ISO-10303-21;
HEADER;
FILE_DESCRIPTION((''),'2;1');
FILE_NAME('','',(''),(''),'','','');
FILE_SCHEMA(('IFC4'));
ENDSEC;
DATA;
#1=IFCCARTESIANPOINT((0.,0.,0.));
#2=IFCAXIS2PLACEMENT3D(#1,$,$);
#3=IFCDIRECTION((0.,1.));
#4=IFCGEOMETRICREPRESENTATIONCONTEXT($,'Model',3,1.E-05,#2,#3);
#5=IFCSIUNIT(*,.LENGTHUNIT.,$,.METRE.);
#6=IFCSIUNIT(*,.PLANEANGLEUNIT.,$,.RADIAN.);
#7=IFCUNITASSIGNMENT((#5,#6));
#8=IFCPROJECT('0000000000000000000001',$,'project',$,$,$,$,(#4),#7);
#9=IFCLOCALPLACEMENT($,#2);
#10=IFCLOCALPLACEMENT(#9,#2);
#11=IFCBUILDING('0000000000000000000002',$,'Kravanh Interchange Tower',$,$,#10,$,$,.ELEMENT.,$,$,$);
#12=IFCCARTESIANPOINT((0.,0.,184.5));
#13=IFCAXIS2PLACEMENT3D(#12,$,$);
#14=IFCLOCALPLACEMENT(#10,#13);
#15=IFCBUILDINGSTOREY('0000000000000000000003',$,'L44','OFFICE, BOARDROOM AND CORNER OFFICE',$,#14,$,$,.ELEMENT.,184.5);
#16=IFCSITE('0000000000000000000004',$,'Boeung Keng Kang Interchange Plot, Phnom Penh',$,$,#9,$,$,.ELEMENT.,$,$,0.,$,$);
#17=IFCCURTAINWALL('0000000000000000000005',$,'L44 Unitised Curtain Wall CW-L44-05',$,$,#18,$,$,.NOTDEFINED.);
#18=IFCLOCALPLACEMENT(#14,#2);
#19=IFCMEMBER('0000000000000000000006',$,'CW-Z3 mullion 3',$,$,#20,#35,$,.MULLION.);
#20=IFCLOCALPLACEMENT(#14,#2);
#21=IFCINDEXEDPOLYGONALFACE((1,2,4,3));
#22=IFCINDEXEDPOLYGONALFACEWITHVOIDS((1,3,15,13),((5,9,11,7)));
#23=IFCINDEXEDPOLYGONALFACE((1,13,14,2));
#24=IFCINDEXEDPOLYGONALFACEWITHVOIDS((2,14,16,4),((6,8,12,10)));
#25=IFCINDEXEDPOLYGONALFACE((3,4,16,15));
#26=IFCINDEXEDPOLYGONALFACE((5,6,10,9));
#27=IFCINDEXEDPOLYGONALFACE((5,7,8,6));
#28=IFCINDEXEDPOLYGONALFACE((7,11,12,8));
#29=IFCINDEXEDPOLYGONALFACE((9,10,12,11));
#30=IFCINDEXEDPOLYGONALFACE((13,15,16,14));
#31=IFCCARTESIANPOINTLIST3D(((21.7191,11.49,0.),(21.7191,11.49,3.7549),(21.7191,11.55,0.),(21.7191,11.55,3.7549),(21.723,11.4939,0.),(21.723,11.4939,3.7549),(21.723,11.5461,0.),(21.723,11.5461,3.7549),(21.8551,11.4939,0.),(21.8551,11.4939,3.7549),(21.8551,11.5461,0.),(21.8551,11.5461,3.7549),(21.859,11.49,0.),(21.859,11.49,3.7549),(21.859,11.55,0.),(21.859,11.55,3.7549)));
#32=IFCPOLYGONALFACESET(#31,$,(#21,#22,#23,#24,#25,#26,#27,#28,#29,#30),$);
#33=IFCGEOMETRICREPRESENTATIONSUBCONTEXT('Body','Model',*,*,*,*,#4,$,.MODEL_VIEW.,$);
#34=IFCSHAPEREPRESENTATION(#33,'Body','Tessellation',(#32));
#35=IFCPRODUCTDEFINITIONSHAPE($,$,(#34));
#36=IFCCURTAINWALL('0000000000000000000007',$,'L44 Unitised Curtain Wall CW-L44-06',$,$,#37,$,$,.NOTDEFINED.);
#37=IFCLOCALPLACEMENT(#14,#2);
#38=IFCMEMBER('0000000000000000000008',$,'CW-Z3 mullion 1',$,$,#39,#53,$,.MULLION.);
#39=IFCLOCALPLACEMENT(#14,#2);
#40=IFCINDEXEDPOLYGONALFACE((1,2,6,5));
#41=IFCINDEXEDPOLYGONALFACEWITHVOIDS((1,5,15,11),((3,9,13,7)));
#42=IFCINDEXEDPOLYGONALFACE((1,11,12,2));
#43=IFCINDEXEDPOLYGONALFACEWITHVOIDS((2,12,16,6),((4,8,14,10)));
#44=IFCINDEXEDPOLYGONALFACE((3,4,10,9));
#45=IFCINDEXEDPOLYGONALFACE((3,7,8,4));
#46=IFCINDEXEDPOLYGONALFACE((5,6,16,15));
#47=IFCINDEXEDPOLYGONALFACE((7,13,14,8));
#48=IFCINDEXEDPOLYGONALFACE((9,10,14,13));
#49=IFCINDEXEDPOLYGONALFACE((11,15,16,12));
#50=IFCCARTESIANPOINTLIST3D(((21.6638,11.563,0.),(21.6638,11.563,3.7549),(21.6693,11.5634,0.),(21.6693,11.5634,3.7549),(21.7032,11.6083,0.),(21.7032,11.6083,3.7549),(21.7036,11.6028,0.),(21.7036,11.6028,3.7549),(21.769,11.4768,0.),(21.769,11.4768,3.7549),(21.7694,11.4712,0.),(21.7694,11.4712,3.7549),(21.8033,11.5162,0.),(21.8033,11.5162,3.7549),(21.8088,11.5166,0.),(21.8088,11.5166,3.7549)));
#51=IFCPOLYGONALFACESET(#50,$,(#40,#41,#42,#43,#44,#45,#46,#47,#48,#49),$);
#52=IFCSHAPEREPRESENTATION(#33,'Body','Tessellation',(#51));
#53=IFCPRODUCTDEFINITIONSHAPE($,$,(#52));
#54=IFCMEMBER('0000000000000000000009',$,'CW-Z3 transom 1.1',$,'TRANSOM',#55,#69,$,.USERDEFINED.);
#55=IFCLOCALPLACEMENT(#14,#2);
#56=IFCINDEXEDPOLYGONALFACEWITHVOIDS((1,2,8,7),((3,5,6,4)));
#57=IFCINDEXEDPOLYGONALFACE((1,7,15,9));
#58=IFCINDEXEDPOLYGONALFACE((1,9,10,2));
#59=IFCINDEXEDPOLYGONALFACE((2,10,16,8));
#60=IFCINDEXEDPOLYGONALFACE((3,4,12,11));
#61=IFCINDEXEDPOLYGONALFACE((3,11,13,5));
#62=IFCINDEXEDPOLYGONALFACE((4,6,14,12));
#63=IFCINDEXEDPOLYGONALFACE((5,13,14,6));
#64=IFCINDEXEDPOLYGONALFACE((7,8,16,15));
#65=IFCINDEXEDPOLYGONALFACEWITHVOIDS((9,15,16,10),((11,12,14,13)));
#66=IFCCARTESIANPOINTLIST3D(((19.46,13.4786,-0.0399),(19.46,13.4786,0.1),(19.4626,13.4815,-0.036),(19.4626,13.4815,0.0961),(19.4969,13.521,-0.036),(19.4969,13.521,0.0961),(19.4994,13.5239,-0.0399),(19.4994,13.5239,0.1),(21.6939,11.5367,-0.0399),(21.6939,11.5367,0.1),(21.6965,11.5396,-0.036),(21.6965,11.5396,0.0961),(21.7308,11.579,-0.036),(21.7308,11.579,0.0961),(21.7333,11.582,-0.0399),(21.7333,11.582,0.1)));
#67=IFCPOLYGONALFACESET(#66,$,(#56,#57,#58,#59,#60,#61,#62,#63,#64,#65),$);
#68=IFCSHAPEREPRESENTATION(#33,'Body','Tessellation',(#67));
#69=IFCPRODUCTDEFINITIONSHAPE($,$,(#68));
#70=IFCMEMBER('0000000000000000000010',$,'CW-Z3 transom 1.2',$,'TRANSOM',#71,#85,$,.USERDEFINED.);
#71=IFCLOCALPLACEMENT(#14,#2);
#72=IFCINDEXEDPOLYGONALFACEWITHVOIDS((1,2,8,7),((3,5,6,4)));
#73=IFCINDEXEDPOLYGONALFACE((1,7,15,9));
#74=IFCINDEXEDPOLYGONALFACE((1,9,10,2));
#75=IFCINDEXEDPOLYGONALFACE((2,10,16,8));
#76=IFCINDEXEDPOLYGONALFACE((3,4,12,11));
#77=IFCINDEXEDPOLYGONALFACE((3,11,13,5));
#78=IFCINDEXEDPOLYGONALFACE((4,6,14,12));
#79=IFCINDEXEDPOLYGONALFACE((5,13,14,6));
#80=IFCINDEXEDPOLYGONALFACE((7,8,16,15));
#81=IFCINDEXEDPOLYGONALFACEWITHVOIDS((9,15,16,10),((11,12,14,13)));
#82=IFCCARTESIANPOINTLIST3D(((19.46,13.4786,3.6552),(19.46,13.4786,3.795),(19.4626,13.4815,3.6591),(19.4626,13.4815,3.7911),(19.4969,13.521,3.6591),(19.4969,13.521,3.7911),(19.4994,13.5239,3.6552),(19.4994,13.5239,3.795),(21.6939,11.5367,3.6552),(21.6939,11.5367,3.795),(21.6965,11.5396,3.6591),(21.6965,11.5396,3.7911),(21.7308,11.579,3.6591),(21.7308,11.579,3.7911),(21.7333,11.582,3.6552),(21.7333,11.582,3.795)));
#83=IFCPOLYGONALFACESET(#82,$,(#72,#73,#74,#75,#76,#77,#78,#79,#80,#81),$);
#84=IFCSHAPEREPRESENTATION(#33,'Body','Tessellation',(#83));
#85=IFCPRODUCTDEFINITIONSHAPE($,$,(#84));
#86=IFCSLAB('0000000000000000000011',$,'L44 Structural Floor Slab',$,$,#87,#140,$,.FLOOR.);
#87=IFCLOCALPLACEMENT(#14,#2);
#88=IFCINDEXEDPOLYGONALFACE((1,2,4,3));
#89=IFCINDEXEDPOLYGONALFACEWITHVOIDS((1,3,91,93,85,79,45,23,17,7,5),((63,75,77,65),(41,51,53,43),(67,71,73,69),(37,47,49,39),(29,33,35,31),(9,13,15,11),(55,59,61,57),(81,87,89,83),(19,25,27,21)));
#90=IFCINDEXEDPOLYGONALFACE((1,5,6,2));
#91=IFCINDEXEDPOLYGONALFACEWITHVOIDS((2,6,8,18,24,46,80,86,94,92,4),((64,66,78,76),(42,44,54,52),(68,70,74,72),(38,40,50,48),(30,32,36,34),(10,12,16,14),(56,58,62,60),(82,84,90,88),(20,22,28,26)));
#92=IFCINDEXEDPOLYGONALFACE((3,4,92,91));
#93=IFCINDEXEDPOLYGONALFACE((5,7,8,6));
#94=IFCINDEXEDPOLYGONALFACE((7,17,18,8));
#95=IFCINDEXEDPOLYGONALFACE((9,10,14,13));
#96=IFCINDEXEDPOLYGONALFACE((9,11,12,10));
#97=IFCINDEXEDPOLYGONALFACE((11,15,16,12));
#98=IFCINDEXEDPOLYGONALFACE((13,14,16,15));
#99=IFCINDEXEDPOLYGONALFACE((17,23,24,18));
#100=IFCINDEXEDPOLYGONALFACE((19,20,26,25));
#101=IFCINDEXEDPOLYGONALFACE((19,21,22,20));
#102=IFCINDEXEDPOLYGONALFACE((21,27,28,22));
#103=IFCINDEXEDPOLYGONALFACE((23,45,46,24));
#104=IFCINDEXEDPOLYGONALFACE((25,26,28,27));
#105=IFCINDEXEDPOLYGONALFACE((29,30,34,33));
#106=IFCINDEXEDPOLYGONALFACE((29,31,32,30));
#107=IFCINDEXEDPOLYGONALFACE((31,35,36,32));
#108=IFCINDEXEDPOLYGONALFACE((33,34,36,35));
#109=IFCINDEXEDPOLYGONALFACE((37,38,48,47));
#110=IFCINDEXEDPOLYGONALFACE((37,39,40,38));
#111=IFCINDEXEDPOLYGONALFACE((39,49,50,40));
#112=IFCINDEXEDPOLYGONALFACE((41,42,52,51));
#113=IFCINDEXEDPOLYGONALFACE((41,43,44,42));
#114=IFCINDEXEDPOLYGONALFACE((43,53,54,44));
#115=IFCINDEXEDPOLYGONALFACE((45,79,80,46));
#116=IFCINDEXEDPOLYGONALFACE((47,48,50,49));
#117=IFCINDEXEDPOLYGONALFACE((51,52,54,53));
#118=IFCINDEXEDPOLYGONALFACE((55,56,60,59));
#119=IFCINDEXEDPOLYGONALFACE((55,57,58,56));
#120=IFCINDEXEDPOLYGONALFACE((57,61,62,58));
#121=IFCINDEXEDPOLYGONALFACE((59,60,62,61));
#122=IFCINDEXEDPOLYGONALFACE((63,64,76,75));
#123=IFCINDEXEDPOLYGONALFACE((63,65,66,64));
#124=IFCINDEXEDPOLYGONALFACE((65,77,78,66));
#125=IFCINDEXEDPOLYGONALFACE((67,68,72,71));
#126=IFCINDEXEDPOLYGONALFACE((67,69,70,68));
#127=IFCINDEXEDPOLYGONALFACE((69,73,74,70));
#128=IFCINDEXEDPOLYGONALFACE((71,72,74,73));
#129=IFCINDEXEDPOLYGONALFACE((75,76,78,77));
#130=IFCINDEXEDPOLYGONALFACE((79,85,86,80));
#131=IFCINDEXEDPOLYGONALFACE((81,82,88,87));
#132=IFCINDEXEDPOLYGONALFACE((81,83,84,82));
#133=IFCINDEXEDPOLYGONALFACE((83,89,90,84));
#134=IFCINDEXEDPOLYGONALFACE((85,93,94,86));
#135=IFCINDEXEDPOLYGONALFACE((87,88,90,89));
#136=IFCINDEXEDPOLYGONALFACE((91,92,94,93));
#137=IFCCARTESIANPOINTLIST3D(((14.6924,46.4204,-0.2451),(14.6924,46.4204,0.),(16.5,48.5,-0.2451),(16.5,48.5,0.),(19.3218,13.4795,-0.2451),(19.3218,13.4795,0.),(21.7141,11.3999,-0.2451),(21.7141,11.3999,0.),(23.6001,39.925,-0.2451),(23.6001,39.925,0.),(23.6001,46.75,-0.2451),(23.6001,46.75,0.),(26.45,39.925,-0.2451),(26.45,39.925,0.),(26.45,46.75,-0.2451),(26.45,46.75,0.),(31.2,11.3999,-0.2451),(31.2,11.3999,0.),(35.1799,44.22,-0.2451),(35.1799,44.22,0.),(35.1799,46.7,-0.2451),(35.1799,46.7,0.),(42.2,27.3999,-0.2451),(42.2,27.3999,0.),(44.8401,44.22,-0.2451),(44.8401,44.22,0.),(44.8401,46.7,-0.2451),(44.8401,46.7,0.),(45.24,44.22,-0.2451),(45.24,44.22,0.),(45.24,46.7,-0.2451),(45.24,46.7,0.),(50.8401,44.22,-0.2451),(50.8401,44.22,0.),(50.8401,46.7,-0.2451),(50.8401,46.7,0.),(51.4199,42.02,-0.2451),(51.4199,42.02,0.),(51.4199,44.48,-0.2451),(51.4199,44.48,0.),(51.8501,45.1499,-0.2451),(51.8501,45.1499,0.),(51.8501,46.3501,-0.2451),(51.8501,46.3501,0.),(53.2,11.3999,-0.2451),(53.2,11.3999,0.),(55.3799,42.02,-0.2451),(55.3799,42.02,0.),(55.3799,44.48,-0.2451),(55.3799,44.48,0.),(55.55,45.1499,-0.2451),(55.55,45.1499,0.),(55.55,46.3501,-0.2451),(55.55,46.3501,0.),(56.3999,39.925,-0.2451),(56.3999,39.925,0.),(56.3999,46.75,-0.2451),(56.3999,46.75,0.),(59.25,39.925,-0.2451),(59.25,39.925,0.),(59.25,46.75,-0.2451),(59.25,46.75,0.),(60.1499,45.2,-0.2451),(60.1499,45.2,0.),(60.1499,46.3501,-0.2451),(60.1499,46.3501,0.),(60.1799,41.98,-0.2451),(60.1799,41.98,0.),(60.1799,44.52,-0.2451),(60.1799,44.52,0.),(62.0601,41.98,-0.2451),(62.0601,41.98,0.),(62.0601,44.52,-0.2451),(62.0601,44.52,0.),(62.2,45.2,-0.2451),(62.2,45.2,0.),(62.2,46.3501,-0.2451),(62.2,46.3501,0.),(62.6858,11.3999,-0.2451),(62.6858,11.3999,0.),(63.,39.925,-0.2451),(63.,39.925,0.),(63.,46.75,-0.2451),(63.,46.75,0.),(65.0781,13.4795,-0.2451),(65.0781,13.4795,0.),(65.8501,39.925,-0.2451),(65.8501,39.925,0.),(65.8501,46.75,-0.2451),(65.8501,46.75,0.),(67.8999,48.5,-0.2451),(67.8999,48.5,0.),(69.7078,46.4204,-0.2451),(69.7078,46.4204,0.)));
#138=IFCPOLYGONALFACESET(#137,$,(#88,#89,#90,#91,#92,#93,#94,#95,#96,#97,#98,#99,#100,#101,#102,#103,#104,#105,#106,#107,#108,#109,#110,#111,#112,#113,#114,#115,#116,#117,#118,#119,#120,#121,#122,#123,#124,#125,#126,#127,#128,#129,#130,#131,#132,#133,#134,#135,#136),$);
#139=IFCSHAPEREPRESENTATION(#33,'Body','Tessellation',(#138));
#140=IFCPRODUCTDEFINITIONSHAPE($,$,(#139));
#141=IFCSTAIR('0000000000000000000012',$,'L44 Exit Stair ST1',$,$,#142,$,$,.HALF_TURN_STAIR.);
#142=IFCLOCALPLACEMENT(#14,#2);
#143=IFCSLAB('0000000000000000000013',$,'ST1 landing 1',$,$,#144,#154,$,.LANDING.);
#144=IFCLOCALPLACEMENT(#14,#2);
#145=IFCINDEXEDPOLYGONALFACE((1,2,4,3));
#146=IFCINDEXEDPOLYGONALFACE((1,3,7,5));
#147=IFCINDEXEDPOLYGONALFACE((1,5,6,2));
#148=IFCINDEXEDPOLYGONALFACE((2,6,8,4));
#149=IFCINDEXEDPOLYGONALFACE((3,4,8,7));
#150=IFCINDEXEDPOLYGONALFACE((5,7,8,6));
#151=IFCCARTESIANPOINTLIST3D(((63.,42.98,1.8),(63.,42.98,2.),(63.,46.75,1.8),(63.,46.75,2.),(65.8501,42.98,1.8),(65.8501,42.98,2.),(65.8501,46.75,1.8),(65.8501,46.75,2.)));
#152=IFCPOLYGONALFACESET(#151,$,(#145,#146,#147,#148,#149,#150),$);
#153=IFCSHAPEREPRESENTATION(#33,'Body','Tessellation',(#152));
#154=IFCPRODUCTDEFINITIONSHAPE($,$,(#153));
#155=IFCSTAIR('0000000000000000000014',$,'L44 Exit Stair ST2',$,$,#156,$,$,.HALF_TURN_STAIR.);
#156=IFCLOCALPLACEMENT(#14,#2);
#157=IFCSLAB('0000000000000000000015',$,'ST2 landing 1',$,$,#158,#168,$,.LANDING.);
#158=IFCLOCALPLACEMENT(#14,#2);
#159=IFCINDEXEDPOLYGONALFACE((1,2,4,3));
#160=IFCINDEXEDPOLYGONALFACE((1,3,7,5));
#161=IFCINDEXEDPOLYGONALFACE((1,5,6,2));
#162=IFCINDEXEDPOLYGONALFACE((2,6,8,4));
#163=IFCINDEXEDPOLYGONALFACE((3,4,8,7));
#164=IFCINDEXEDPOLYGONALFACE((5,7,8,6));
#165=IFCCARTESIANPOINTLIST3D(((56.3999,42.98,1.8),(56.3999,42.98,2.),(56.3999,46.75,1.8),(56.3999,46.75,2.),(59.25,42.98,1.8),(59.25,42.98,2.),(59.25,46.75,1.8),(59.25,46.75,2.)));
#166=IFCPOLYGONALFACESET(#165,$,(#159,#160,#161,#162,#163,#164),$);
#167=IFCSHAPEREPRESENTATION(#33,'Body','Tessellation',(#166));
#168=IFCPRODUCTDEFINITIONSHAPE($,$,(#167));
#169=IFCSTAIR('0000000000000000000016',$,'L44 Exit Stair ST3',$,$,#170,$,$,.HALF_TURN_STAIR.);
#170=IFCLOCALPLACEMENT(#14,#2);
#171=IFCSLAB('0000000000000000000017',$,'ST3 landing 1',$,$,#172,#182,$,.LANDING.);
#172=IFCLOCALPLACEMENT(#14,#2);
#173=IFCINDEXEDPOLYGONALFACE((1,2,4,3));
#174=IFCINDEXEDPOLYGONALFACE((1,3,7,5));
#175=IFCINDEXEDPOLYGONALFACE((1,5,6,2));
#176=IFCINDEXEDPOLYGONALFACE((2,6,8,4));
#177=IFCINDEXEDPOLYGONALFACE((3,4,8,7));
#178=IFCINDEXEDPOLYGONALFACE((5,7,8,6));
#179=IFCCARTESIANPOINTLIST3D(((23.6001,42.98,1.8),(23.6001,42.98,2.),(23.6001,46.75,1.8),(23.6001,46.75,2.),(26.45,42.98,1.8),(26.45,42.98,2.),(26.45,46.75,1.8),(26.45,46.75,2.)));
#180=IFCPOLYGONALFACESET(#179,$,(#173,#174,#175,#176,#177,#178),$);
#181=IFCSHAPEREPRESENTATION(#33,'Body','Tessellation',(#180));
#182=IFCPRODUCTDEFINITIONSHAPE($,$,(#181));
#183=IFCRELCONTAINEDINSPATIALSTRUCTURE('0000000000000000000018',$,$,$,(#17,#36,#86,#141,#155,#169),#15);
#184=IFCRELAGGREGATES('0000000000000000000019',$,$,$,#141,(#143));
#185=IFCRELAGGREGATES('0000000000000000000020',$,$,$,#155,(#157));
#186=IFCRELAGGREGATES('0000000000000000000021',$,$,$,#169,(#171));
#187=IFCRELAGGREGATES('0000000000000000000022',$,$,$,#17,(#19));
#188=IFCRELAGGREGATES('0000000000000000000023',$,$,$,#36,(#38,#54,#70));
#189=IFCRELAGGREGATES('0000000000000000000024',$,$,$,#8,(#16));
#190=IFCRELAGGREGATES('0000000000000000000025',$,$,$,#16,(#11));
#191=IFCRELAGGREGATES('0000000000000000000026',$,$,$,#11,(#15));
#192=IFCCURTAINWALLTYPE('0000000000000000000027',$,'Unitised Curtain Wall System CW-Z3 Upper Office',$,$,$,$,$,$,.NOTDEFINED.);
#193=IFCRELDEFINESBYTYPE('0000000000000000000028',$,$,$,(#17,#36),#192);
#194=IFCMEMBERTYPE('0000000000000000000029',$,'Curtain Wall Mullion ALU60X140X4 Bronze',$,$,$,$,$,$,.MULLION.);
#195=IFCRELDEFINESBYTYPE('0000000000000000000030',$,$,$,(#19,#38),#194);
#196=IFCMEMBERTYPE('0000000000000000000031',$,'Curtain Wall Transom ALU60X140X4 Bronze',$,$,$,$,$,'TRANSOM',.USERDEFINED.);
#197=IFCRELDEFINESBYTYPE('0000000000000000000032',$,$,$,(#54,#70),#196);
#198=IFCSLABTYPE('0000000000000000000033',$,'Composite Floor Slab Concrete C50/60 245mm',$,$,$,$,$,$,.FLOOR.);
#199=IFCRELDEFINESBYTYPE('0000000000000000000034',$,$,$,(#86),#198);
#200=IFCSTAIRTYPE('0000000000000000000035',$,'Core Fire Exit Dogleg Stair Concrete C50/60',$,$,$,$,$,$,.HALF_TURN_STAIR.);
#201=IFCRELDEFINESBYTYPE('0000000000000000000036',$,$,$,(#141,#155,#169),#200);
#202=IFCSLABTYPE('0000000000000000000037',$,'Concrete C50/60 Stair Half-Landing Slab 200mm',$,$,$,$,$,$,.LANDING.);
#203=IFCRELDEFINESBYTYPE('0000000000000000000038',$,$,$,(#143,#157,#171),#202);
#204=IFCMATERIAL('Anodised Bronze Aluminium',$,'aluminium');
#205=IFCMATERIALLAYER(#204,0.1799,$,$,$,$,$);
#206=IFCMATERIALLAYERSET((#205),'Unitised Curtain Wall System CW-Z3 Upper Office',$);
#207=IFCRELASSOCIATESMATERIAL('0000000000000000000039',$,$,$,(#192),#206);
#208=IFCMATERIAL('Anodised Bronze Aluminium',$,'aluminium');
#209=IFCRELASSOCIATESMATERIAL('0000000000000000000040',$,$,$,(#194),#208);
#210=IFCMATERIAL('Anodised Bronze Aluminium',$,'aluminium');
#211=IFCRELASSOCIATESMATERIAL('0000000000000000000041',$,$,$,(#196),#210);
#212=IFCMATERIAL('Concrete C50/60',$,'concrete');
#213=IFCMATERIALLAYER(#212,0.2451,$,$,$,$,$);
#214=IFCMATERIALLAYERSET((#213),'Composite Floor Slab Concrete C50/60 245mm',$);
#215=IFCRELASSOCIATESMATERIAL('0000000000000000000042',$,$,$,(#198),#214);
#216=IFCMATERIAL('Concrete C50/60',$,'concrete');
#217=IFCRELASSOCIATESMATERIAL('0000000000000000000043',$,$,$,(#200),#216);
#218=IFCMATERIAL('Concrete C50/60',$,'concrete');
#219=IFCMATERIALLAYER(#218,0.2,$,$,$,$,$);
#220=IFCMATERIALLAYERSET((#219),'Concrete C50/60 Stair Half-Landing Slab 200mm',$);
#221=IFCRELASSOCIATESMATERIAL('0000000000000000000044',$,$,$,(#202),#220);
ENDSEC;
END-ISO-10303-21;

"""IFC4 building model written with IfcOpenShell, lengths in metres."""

from ifc_helpers import new_model, si_unit, direction, frame, origin, origin_2d, place, context, subcontext, project, spatial, polyline, hollow_rectangle, outline, extrude, material, layer, layer_set, material_profile, profile_set, type_object, element, aggregate, save


model = new_model("IFC4")

# Units and contexts
model_context = context("Model", 3, precision=1e-05, world=origin(), true_north=direction((0.0, 1.0)))
body_context = subcontext(model_context, "Body", "Model", "MODEL_VIEW")
ifc_project = project(units=[si_unit("LENGTHUNIT", "METRE"), si_unit("PLANEANGLEUNIT", "RADIAN")], contexts=[model_context])

# Site, building, storey
site_placement = place(None, origin())
site = spatial("IfcSite", under=ifc_project, at=site_placement, Name="Boeung Keng Kang Interchange Plot, Phnom Penh", CompositionType="ELEMENT", RefElevation=0.0)
building_placement = place(site_placement, origin())
building = spatial("IfcBuilding", under=site, at=building_placement, Name="Kravanh Interchange Tower", CompositionType="ELEMENT")
storey_placement = place(building_placement, frame((0.0, 0.0, 184.5)))
storey = spatial("IfcBuildingStorey", under=building, at=storey_placement, Name="L44", Description="OFFICE, BOARDROOM AND CORNER OFFICE", CompositionType="ELEMENT", Elevation=184.5)

# Curtain wall, member
ifc_material_1 = material(Name="Anodised Bronze Aluminium", Category="aluminium")
ifc_layer_1 = layer(ifc_material_1, 0.1799)
ifc_layer_set_1 = layer_set([ifc_layer_1], Name="Unitised Curtain Wall System CW-Z3 Upper Office")
curtain_wall_type = type_object("IfcCurtainWallType", Name="Unitised Curtain Wall System CW-Z3 Upper Office", PredefinedType="NOTDEFINED", material=ifc_layer_set_1)
curtain_wall_1_placement = place(storey_placement, origin())
curtain_wall_1 = element("IfcCurtainWall", 1, at=curtain_wall_1_placement, inside=storey, type_object=curtain_wall_type, Name="L44 Unitised Curtain Wall CW-L44-05", PredefinedType="NOTDEFINED")
ifc_material_2 = material(Name="Anodised Bronze Aluminium", Category="aluminium")
ifc_material_profile_1 = material_profile(ifc_material_2, hollow_rectangle(XDim=0.0601, YDim=0.1399, WallThickness=0.0039, at=origin_2d()), Name="ALU60X140X4")
ifc_profile_set_1 = profile_set([ifc_material_profile_1], Name="Anodised Bronze Aluminium")
member_type_1 = type_object("IfcMemberType", Name="Curtain Wall Mullion ALU60X140X4 Bronze", PredefinedType="MULLION", material=ifc_profile_set_1)
member_1_placement = place(storey_placement, frame((21.7891, 11.52, 0.0), z_axis=(0.0, 0.0, 1.0), x_axis=(0.0, -1.0, 0.0)))
member_1 = element("IfcMember", 2, at=member_1_placement, type_object=member_type_1, Name="CW-Z3 mullion 3", PredefinedType="MULLION", context=body_context, shape_type="SweptSolid", body=[
    extrude(hollow_rectangle(XDim=0.0601, YDim=0.1399, WallThickness=0.0039, at=origin_2d()), origin(), (0.0, 0.0, 1.0), 3.7549),
])

# Curtain wall, members
curtain_wall_2_placement = place(storey_placement, origin())
curtain_wall_2 = element("IfcCurtainWall", 3, at=curtain_wall_2_placement, inside=storey, type_object=curtain_wall_type, Name="L44 Unitised Curtain Wall CW-L44-06", PredefinedType="NOTDEFINED")
member_2_placement = place(storey_placement, frame((21.7363, 11.5398, 0.0), z_axis=(0.0, 0.0, 1.0), x_axis=(-0.656051, -0.754717, 0.0)))
member_2 = element("IfcMember", 4, at=member_2_placement, type_object=member_type_1, Name="CW-Z3 mullion 1", PredefinedType="MULLION", context=body_context, shape_type="SweptSolid", body=[
    extrude(hollow_rectangle(XDim=0.0601, YDim=0.1399, WallThickness=0.0039, at=origin_2d()), origin(), (0.0, 0.0, 1.0), 3.7549),
])
ifc_material_3 = material(Name="Anodised Bronze Aluminium", Category="aluminium")
ifc_material_profile_2 = material_profile(ifc_material_3, hollow_rectangle(XDim=0.0601, YDim=0.1399, WallThickness=0.0039, at=origin_2d()), Name="ALU60X140X4")
ifc_profile_set_2 = profile_set([ifc_material_profile_2], Name="Anodised Bronze Aluminium")
member_type_2 = type_object("IfcMemberType", Name="Curtain Wall Transom ALU60X140X4 Bronze", ElementType="TRANSOM", PredefinedType="USERDEFINED", material=ifc_profile_set_2)
member_3_placement = place(storey_placement, frame((21.7136, 11.5593, 0.03), z_axis=(-0.754709, 0.65606, 0.0), x_axis=(-0.65606, -0.754709, 0.0)))
member_3 = element("IfcMember", 5, at=member_3_placement, type_object=member_type_2, Name="CW-Z3 transom 1.1", ObjectType="TRANSOM", PredefinedType="USERDEFINED", context=body_context, shape_type="SweptSolid", body=[
    extrude(hollow_rectangle(XDim=0.0601, YDim=0.1399, WallThickness=0.0039, at=origin_2d()), origin(), (0.0, 0.0, 1.0), 2.96),
])
member_4_placement = place(storey_placement, frame((21.7136, 11.5593, 3.7251), z_axis=(-0.754709, 0.65606, 0.0), x_axis=(-0.65606, -0.754709, 0.0)))
member_4 = element("IfcMember", 6, at=member_4_placement, type_object=member_type_2, Name="CW-Z3 transom 1.2", ObjectType="TRANSOM", PredefinedType="USERDEFINED", context=body_context, shape_type="SweptSolid", body=[
    extrude(hollow_rectangle(XDim=0.0601, YDim=0.1399, WallThickness=0.0039, at=origin_2d()), origin(), (0.0, 0.0, 1.0), 2.96),
])

# Slab
ifc_material_4 = material(Name="Concrete C50/60", Category="concrete")
ifc_layer_2 = layer(ifc_material_4, 0.2451)
ifc_layer_set_2 = layer_set([ifc_layer_2], Name="Composite Floor Slab Concrete C50/60 245mm")
slab_type_1 = type_object("IfcSlabType", Name="Composite Floor Slab Concrete C50/60 245mm", PredefinedType="FLOOR", material=ifc_layer_set_2)
slab_1_placement = place(storey_placement, frame((0.0, 0.0, -0.2451)))
element("IfcSlab", 7, at=slab_1_placement, inside=storey, type_object=slab_type_1, Name="L44 Structural Floor Slab", PredefinedType="FLOOR", context=body_context, shape_type="SweptSolid", body=[
    extrude(outline(polyline([(19.3218, 13.4795), (21.7141, 11.3999), (31.2, 11.3999), (42.2, 27.3999), (53.2, 11.3999), (62.6858, 11.3999), (65.0781, 13.4795), (69.7078, 46.4204), (67.8999, 48.5), (16.5, 48.5), (14.6924, 46.4204), (19.3218, 13.4795)]), holes=[polyline([(65.8501, 39.925), (65.8501, 46.75), (63.0, 46.75), (63.0, 39.925), (65.8501, 39.925)]), polyline([(59.25, 39.925), (59.25, 46.75), (56.3999, 46.75), (56.3999, 39.925), (59.25, 39.925)]), polyline([(26.45, 39.925), (26.45, 46.75), (23.6001, 46.75), (23.6001, 39.925), (26.45, 39.925)]), polyline([(35.1799, 44.22), (44.8401, 44.22), (44.8401, 46.7), (35.1799, 46.7), (35.1799, 44.22)]), polyline([(45.24, 44.22), (50.8401, 44.22), (50.8401, 46.7), (45.24, 46.7), (45.24, 44.22)]), polyline([(51.4199, 42.02), (55.3799, 42.02), (55.3799, 44.48), (51.4199, 44.48), (51.4199, 42.02)]), polyline([(60.1799, 41.98), (62.0601, 41.98), (62.0601, 44.52), (60.1799, 44.52), (60.1799, 41.98)]), polyline([(60.1499, 45.2), (62.2, 45.2), (62.2, 46.3501), (60.1499, 46.3501), (60.1499, 45.2)]), polyline([(51.8501, 45.1499), (55.55, 45.1499), (55.55, 46.3501), (51.8501, 46.3501), (51.8501, 45.1499)])]), origin(), (0.0, 0.0, 1.0), 0.2451),
])

# Stairs, slabs
ifc_material_5 = material(Name="Concrete C50/60", Category="concrete")
stair_type = type_object("IfcStairType", Name="Core Fire Exit Dogleg Stair Concrete C50/60", PredefinedType="HALF_TURN_STAIR", material=ifc_material_5)
stair_1_placement = place(storey_placement, origin())
stair_1 = element("IfcStair", 8, at=stair_1_placement, inside=storey, type_object=stair_type, Name="L44 Exit Stair ST1", PredefinedType="HALF_TURN_STAIR")
ifc_material_6 = material(Name="Concrete C50/60", Category="concrete")
ifc_layer_3 = layer(ifc_material_6, 0.2)
ifc_layer_set_3 = layer_set([ifc_layer_3], Name="Concrete C50/60 Stair Half-Landing Slab 200mm")
slab_type_2 = type_object("IfcSlabType", Name="Concrete C50/60 Stair Half-Landing Slab 200mm", PredefinedType="LANDING", material=ifc_layer_set_3)
slab_2_placement = place(storey_placement, frame((0.0, 0.0, 1.8)))
slab_2 = element("IfcSlab", 9, at=slab_2_placement, type_object=slab_type_2, Name="ST1 landing 1", PredefinedType="LANDING", context=body_context, shape_type="SweptSolid", body=[
    extrude(outline(polyline([(65.8501, 42.98), (65.8501, 46.75), (63.0, 46.75), (63.0, 42.98), (65.8501, 42.98)])), origin(), (0.0, 0.0, 1.0), 0.2),
])
aggregate(stair_1, [slab_2])
stair_2_placement = place(storey_placement, origin())
stair_2 = element("IfcStair", 10, at=stair_2_placement, inside=storey, type_object=stair_type, Name="L44 Exit Stair ST2", PredefinedType="HALF_TURN_STAIR")
slab_3_placement = place(storey_placement, frame((0.0, 0.0, 1.8)))
slab_3 = element("IfcSlab", 11, at=slab_3_placement, type_object=slab_type_2, Name="ST2 landing 1", PredefinedType="LANDING", context=body_context, shape_type="SweptSolid", body=[
    extrude(outline(polyline([(59.25, 42.98), (59.25, 46.75), (56.3999, 46.75), (56.3999, 42.98), (59.25, 42.98)])), origin(), (0.0, 0.0, 1.0), 0.2),
])
aggregate(stair_2, [slab_3])
stair_3_placement = place(storey_placement, origin())
stair_3 = element("IfcStair", 12, at=stair_3_placement, inside=storey, type_object=stair_type, Name="L44 Exit Stair ST3", PredefinedType="HALF_TURN_STAIR")
slab_4_placement = place(storey_placement, frame((0.0, 0.0, 1.8)))
slab_4 = element("IfcSlab", 13, at=slab_4_placement, type_object=slab_type_2, Name="ST3 landing 1", PredefinedType="LANDING", context=body_context, shape_type="SweptSolid", body=[
    extrude(outline(polyline([(26.45, 42.98), (26.45, 46.75), (23.6001, 46.75), (23.6001, 42.98), (26.45, 42.98)])), origin(), (0.0, 0.0, 1.0), 0.2),
])
aggregate(stair_3, [slab_4])

aggregate(curtain_wall_1, [member_1])
aggregate(curtain_wall_2, [member_2, member_3, member_4])

save(model, "model.ifc")
